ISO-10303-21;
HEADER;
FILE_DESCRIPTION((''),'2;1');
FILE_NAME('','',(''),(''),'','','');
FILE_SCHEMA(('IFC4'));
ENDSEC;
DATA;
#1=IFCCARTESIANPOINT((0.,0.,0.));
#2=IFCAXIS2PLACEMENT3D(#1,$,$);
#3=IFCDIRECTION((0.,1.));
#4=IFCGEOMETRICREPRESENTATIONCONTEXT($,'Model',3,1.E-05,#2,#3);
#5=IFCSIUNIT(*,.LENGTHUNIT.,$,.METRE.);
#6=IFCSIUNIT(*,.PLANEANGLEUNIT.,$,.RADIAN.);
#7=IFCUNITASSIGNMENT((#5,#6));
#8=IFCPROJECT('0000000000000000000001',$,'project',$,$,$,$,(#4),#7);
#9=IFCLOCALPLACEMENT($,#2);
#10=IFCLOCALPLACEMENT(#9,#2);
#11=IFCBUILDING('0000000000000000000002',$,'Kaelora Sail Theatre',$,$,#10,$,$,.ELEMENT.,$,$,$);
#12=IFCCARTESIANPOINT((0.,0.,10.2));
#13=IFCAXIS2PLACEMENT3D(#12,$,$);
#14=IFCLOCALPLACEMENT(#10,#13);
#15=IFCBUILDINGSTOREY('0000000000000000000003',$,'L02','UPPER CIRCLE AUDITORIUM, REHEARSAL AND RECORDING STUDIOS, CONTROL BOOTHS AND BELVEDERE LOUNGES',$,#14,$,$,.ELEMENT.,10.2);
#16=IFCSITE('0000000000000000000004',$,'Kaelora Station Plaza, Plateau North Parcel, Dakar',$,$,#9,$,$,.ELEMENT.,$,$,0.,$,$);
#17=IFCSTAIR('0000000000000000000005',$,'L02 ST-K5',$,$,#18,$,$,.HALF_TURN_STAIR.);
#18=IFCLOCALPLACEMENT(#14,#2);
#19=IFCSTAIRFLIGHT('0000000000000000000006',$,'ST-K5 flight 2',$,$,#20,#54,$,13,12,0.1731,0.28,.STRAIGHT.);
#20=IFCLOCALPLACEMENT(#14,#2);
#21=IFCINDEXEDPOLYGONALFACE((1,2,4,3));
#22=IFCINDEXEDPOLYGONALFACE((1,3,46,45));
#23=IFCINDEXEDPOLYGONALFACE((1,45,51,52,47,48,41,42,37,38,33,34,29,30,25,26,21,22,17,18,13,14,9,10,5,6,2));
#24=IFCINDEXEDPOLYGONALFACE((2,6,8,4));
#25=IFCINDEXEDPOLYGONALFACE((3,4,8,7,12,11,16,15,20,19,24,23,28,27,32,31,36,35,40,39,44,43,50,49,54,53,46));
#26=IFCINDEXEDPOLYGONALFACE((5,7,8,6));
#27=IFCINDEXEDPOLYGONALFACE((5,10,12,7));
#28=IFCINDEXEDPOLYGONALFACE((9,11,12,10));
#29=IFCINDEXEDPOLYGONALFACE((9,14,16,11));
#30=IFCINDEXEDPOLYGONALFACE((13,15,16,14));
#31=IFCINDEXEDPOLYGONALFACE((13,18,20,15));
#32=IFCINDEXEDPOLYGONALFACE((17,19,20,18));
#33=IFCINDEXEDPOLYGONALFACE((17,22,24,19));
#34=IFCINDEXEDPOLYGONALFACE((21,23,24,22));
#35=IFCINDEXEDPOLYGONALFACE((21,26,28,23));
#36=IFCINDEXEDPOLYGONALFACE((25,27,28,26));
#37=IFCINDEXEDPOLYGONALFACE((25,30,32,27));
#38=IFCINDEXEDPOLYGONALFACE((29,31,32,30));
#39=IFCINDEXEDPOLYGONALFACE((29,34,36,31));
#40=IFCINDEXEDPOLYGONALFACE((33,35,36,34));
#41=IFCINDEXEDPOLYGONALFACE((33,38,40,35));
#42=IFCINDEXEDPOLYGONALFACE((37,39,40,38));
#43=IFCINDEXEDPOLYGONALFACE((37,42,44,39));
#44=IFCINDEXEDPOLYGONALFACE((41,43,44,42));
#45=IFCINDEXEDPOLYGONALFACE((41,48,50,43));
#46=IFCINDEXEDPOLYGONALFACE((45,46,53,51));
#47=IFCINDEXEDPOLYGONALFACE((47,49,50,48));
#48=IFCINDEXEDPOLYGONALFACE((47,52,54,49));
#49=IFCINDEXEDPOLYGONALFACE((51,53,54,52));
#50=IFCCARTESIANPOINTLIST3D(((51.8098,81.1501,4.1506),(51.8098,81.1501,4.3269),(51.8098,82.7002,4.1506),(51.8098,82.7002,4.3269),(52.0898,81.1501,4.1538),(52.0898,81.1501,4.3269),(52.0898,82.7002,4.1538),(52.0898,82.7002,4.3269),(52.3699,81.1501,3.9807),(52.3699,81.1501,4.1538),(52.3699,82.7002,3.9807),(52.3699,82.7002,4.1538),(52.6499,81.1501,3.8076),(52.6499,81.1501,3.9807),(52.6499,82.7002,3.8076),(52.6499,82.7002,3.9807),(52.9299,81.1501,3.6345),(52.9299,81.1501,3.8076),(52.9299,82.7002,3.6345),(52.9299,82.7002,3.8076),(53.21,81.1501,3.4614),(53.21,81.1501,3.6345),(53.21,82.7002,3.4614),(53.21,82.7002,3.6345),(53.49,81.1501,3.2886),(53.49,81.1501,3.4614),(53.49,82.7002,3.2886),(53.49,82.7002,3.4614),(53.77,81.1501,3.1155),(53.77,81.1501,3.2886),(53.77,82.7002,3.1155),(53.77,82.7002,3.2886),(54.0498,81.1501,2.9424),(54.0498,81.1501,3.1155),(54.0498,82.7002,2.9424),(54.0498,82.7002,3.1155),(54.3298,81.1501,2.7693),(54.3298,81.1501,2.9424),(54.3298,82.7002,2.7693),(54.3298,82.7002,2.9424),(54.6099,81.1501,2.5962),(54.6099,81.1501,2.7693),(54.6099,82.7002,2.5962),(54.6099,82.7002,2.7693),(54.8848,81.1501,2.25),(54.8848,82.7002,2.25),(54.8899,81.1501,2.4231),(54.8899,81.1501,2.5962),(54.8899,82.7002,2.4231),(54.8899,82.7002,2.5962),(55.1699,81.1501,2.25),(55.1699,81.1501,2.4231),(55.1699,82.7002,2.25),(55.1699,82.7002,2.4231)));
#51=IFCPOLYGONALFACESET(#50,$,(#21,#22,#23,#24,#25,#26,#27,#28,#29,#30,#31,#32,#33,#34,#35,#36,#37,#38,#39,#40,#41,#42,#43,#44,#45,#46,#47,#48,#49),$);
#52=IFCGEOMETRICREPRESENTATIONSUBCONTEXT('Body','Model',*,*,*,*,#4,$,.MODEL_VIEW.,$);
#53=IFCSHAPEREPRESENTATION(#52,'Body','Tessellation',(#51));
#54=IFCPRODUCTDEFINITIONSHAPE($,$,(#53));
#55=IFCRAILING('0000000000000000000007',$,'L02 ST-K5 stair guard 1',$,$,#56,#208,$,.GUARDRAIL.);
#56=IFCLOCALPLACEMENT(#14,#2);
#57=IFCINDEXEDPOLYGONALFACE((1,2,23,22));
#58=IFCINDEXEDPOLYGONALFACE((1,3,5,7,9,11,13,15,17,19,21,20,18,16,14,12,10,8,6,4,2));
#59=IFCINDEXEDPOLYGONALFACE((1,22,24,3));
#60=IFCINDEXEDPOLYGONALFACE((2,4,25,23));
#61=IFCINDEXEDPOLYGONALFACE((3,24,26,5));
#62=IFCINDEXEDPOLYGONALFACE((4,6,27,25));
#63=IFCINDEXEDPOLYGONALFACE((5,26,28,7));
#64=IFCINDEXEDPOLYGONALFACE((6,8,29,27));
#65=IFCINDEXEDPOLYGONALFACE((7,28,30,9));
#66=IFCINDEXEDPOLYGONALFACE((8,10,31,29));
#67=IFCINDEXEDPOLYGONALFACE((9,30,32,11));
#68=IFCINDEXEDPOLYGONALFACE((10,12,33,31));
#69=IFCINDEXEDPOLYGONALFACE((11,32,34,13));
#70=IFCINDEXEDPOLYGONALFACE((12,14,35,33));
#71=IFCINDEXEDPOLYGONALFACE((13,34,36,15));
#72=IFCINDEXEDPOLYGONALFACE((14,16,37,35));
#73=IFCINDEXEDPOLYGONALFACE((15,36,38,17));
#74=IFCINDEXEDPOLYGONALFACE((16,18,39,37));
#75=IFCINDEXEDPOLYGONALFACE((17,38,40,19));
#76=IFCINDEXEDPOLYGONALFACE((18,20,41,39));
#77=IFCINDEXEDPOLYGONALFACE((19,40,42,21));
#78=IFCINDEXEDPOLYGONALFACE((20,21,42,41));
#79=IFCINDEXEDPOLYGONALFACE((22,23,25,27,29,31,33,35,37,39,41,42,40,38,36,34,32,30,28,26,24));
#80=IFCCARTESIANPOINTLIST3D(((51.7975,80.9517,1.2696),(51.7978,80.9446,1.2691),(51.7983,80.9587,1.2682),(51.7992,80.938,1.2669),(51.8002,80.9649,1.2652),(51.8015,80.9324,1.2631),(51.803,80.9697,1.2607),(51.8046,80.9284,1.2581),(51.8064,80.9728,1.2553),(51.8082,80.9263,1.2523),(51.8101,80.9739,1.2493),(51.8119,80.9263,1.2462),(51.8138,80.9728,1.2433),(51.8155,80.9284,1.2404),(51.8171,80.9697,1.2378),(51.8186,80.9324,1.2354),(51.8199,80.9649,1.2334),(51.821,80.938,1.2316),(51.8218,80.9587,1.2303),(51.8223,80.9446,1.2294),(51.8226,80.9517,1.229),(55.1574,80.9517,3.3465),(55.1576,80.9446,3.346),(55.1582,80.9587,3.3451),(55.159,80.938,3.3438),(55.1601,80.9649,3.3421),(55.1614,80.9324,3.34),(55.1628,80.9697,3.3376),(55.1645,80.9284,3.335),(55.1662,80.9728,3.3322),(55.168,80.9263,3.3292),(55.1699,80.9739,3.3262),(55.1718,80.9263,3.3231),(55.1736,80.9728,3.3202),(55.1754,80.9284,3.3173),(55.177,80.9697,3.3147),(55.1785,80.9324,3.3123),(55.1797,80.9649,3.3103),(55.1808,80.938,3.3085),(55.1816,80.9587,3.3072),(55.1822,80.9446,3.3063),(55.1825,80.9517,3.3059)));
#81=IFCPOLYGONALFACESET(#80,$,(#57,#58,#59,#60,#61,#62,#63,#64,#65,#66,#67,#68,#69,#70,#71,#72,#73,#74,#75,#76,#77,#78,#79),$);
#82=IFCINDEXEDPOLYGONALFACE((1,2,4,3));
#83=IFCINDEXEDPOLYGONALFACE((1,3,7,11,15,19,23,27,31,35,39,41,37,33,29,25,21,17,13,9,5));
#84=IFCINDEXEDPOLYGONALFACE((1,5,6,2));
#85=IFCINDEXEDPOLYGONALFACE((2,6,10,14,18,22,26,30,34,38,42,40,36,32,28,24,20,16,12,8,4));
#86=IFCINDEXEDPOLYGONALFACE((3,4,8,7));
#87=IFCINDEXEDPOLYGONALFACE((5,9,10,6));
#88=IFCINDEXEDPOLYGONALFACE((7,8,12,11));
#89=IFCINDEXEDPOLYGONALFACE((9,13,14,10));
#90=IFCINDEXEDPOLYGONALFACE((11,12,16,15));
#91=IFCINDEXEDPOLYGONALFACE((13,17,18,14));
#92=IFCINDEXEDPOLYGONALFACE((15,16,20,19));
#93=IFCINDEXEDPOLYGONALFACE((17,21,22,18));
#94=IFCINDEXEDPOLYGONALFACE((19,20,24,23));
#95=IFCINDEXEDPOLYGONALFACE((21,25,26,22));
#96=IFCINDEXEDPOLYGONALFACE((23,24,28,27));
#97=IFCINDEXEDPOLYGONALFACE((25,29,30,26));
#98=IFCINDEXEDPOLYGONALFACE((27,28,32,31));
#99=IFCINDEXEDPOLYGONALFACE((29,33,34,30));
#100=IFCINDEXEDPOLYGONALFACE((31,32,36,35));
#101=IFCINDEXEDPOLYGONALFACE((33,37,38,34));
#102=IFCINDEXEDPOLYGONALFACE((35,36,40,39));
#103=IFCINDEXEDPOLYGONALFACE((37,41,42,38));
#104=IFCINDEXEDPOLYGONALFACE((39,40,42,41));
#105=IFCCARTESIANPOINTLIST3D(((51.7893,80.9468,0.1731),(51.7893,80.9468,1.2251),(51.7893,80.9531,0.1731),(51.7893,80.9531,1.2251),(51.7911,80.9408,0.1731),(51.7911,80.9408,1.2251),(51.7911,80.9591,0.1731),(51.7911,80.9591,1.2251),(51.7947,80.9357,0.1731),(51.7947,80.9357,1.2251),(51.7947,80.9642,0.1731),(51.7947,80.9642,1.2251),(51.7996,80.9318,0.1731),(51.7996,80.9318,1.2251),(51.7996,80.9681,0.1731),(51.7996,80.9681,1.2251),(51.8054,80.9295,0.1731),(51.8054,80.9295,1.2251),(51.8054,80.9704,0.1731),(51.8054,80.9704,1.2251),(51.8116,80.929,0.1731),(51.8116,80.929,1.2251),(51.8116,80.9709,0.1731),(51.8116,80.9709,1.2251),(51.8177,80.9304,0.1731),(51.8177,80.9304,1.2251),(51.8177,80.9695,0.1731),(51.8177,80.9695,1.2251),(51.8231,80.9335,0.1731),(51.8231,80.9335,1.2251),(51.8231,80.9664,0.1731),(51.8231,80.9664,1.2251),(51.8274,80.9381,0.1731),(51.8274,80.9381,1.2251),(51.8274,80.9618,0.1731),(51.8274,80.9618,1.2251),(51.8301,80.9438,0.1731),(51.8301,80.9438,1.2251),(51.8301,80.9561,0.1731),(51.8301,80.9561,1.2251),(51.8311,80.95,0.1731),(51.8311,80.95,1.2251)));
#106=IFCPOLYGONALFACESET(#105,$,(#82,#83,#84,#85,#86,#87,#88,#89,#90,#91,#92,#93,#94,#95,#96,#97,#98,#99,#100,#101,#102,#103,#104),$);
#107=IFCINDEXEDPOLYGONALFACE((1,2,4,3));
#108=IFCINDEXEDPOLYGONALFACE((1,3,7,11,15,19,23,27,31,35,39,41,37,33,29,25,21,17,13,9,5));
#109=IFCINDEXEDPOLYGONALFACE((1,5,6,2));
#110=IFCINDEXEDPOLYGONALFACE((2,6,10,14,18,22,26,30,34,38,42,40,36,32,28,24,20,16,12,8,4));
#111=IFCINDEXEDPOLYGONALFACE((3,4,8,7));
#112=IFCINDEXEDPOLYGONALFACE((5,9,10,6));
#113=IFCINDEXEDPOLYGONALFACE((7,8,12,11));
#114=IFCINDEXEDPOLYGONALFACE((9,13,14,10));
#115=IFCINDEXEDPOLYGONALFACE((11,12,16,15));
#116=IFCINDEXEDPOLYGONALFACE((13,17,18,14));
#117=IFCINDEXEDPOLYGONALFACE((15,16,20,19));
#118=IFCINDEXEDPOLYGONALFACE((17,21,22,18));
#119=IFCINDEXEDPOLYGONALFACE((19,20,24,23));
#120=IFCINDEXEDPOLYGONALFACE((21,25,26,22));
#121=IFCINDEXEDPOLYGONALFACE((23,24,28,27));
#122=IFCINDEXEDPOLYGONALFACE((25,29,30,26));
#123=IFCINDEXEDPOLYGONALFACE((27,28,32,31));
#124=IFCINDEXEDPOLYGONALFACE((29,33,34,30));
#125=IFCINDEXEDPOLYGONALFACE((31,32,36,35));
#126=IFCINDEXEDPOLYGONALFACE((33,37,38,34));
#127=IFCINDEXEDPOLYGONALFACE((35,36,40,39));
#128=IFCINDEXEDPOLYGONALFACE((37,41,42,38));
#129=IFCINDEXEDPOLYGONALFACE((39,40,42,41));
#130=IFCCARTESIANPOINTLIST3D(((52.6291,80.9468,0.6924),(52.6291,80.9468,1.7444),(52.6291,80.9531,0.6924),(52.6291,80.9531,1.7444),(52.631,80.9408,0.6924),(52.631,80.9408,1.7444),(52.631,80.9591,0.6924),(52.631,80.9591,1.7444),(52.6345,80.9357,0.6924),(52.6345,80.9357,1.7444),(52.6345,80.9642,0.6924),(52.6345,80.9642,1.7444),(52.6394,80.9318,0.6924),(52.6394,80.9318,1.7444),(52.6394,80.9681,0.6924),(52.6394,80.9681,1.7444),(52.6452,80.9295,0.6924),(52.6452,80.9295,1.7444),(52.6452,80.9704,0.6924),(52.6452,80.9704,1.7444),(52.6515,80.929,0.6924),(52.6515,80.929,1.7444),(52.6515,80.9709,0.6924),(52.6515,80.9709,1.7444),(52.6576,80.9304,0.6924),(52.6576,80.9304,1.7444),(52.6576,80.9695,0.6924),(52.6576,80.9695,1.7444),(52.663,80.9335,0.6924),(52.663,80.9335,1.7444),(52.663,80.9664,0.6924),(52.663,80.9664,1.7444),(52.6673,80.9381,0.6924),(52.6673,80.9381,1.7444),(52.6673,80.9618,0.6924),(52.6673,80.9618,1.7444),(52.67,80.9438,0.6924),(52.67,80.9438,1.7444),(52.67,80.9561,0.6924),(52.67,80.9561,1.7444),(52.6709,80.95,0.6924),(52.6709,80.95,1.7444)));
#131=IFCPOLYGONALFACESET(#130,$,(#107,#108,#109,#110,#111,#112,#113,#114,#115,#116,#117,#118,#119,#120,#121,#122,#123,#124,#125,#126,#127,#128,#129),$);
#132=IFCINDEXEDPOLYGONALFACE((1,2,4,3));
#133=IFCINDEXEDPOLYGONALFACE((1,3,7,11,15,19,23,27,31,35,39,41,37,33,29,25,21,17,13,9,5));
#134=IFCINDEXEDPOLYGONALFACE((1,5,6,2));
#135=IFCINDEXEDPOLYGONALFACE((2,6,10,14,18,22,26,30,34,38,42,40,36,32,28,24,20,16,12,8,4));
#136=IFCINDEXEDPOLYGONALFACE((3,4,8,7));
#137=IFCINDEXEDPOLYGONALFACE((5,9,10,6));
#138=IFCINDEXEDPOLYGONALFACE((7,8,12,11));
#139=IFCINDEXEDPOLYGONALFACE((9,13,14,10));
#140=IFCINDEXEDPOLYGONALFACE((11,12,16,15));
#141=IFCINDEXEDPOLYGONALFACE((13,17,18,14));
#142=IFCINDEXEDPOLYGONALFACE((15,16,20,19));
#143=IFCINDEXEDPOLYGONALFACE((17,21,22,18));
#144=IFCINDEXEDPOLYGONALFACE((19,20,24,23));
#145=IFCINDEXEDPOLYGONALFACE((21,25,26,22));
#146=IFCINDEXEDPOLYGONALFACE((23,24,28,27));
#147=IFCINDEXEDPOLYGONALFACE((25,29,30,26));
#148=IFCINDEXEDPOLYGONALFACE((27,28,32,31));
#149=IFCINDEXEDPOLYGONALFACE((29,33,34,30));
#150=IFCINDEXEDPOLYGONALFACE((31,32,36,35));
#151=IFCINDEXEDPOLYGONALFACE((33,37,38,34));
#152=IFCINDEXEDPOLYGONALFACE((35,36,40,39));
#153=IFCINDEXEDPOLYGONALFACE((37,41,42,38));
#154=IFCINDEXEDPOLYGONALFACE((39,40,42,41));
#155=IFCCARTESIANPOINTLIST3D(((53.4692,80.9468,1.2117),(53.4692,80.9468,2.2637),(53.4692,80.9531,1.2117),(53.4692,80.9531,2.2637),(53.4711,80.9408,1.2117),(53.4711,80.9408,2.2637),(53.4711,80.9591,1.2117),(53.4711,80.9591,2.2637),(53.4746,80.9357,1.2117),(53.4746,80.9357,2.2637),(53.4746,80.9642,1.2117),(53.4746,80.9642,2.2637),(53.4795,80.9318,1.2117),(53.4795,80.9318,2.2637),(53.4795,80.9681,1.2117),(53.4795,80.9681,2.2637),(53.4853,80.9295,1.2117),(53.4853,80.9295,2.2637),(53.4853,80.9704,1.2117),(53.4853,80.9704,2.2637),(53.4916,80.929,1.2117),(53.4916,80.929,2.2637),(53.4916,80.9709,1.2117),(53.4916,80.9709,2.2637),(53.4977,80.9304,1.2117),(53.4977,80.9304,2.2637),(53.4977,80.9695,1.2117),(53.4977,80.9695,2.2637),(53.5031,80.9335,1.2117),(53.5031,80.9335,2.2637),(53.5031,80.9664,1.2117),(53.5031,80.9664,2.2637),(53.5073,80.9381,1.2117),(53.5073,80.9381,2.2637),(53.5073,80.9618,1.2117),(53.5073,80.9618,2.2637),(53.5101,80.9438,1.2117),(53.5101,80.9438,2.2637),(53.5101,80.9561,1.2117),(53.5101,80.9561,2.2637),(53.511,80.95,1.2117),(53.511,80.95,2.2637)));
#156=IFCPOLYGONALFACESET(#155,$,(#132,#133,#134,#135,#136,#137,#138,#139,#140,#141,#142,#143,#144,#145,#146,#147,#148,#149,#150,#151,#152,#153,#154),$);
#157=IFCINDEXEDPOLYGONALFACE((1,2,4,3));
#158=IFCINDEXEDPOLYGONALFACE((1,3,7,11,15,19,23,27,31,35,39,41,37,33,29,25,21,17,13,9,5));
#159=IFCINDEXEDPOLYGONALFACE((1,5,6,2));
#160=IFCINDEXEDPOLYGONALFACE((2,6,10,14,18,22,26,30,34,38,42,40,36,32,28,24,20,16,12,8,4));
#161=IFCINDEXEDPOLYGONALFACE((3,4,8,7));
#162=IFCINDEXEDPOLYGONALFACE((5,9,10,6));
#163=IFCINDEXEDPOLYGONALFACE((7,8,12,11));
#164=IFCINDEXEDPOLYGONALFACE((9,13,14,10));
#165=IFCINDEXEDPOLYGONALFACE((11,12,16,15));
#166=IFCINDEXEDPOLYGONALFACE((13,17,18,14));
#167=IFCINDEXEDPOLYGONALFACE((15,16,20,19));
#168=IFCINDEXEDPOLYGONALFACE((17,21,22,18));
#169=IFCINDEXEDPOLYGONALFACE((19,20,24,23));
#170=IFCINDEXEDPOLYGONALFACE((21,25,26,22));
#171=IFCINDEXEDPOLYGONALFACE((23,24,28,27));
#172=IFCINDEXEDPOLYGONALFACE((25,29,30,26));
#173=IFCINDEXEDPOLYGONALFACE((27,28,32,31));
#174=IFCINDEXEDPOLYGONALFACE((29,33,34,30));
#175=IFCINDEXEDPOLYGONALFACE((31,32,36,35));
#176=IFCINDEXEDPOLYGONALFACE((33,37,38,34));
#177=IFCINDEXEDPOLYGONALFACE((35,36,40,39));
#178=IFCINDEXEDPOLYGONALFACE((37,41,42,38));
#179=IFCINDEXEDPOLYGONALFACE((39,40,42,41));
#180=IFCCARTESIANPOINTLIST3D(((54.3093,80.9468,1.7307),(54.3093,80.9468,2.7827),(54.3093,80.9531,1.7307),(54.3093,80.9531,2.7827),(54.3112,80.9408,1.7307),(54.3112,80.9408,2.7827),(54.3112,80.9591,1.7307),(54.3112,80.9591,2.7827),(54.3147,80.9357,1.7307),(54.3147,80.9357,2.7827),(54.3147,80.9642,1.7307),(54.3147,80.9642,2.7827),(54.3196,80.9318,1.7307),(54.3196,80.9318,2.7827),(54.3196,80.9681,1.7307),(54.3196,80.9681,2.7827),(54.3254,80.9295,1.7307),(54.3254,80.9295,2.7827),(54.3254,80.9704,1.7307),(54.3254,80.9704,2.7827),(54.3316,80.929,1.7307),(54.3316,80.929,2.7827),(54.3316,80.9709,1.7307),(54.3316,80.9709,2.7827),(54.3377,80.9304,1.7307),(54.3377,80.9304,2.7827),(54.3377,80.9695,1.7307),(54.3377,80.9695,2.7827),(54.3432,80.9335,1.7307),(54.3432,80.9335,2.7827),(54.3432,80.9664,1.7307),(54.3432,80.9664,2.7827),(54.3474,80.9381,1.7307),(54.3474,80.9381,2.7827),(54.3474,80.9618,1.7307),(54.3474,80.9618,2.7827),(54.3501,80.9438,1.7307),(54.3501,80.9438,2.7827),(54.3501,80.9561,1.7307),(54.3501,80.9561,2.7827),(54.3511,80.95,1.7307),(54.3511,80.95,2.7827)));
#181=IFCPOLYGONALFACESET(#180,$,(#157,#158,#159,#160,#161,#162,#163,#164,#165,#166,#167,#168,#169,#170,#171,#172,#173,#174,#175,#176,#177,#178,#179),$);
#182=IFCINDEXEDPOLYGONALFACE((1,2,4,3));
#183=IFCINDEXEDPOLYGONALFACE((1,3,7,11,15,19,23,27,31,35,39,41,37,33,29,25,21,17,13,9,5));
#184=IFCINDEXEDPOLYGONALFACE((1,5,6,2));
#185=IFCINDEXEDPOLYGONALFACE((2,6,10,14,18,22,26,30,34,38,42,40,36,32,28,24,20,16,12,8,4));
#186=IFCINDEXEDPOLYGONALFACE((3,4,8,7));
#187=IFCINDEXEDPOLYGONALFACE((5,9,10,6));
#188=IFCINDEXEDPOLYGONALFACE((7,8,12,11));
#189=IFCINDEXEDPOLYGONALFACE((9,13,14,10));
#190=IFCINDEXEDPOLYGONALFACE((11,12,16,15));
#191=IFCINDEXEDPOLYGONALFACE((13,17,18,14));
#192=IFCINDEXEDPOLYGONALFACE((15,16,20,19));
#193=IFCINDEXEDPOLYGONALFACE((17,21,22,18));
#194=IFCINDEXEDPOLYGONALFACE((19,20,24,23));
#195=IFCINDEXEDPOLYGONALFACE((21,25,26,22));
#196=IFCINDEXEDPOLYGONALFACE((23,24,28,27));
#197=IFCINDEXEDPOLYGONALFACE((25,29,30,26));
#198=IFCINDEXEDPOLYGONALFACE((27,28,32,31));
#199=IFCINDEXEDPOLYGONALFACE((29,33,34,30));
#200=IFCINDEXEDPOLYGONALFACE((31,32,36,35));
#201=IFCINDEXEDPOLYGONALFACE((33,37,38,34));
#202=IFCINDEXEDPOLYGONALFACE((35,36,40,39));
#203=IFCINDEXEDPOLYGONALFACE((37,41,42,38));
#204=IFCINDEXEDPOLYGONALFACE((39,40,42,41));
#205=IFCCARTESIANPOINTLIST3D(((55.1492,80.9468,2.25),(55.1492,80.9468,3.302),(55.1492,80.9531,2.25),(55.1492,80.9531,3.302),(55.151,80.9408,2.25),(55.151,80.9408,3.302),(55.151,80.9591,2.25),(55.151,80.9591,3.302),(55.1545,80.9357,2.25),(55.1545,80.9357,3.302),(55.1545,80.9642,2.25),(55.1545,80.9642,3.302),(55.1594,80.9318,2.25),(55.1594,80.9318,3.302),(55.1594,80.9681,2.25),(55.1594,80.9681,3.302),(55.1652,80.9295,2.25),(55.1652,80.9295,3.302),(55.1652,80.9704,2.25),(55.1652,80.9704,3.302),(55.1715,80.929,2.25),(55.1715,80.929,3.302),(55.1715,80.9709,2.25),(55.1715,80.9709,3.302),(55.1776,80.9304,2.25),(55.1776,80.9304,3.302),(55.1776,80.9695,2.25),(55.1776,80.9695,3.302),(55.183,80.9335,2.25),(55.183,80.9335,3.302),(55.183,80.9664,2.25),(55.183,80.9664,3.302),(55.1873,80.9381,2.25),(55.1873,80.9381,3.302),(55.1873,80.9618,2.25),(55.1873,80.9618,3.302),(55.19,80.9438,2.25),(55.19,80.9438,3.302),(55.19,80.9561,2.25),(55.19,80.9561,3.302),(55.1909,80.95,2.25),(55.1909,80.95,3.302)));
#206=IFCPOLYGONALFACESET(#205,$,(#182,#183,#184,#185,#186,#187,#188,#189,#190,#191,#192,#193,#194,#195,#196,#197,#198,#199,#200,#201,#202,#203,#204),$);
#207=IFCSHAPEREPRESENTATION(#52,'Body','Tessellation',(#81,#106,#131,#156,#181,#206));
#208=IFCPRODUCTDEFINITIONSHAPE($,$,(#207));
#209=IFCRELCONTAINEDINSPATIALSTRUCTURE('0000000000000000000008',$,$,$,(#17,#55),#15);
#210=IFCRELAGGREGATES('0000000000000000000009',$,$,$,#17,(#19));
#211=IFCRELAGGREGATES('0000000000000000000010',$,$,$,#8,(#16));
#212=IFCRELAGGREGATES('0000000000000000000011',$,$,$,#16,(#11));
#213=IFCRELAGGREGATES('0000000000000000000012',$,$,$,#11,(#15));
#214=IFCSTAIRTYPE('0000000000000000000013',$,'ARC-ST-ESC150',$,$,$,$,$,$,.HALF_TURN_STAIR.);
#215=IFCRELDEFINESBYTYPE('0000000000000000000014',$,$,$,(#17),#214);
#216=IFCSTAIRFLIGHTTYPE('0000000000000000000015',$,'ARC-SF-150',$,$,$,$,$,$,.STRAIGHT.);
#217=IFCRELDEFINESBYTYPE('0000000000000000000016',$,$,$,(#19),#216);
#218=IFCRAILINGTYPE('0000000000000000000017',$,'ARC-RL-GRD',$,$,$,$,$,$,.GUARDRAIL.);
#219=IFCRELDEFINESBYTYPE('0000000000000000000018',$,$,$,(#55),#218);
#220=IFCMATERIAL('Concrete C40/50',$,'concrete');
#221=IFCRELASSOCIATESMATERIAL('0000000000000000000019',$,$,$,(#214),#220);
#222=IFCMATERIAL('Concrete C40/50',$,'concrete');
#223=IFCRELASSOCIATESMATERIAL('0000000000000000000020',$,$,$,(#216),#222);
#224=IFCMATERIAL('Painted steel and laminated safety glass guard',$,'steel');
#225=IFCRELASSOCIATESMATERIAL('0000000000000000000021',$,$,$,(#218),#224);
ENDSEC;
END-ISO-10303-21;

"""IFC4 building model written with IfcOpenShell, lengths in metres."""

from ifc_helpers import new_model, si_unit, direction, frame, origin, origin_2d, place, context, subcontext, project, spatial, polyline, circle, outline, extrude, material, type_object, element, aggregate, save


model = new_model("IFC4")

# Units and contexts
model_context = context("Model", 3, precision=1e-05, world=origin(), true_north=direction((0.0, 1.0)))
body_context = subcontext(model_context, "Body", "Model", "MODEL_VIEW")
ifc_project = project(units=[si_unit("LENGTHUNIT", "METRE"), si_unit("PLANEANGLEUNIT", "RADIAN")], contexts=[model_context])

# Site, building, storey
site_placement = place(None, origin())
site = spatial("IfcSite", under=ifc_project, at=site_placement, Name="Kaelora Station Plaza, Plateau North Parcel, Dakar", CompositionType="ELEMENT", RefElevation=0.0)
building_placement = place(site_placement, origin())
building = spatial("IfcBuilding", under=site, at=building_placement, Name="Kaelora Sail Theatre", CompositionType="ELEMENT")
storey_placement = place(building_placement, frame((0.0, 0.0, 10.2)))
storey = spatial("IfcBuildingStorey", under=building, at=storey_placement, Name="L02", Description="UPPER CIRCLE AUDITORIUM, REHEARSAL AND RECORDING STUDIOS, CONTROL BOOTHS AND BELVEDERE LOUNGES", CompositionType="ELEMENT", Elevation=10.2)

# Stair, stair flight
ifc_material_1 = material(Name="Concrete C40/50", Category="concrete")
stair_type = type_object("IfcStairType", Name="ARC-ST-ESC150", PredefinedType="HALF_TURN_STAIR", material=ifc_material_1)
stair_placement = place(storey_placement, origin())
stair = element("IfcStair", 1, at=stair_placement, inside=storey, type_object=stair_type, Name="L02 ST-K5", PredefinedType="HALF_TURN_STAIR")
ifc_material_2 = material(Name="Concrete C40/50", Category="concrete")
stair_flight_type = type_object("IfcStairFlightType", Name="ARC-SF-150", PredefinedType="STRAIGHT", material=ifc_material_2)
stair_flight_1_placement = place(storey_placement, frame((55.1699, 81.925, 2.25), z_axis=(0.0, 0.0, 1.0), x_axis=(-1.0, 0.0, 0.0)))
stair_flight_1 = element("IfcStairFlight", 2, at=stair_flight_1_placement, type_object=stair_flight_type, Name="ST-K5 flight 2", NumberOfRisers=13, NumberOfTreads=12, PredefinedType="STRAIGHT", RiserHeight=0.1731, TreadLength=0.28, context=body_context, shape_type="SweptSolid", body=[
    extrude(outline(polyline([(0.0, 0.0), (0.0, 0.1731), (0.28, 0.1731), (0.28, 0.3462), (0.5601, 0.3462), (0.5601, 0.5193), (0.8401, 0.5193), (0.8401, 0.6924), (1.1201, 0.6924), (1.1201, 0.8655), (1.3999, 0.8655), (1.3999, 1.0386), (1.6799, 1.0386), (1.6799, 1.2114), (1.96, 1.2114), (1.96, 1.3845), (2.24, 1.3845), (2.24, 1.5576), (2.52, 1.5576), (2.52, 1.7307), (2.8, 1.7307), (2.8, 1.9038), (3.0801, 1.9038), (3.0801, 2.0769), (3.3601, 2.0769), (3.3601, 2.25), (3.3601, 1.9006), (0.2852, 0.0), (0.0, 0.0)])), frame((0.0, 0.7749, 0.0), z_axis=(0.0, -1.0, 0.0), x_axis=(1.0, 0.0, 0.0)), (0.0, 0.0, 1.0), 1.55),
])
aggregate(stair, [stair_flight_1])

# Railing
ifc_material_3 = material(Name="Painted steel and laminated safety glass guard", Category="steel")
railing_type_1 = type_object("IfcRailingType", Name="ARC-RL-GRD", PredefinedType="GUARDRAIL", material=ifc_material_3)
railing_1_placement = place(storey_placement, frame((51.8101, 80.95, 0.1731)))
element("IfcRailing", 3, at=railing_1_placement, inside=storey, type_object=railing_type_1, Name="L02 ST-K5 stair guard 1", PredefinedType="GUARDRAIL", context=body_context, shape_type="SweptSolid", body=[
    extrude(circle(Radius=0.0239, at=origin_2d()), frame((0.0, 0.0, 1.0762), z_axis=(0.850606, 0.0, 0.525803), x_axis=(0.0, 1.0, 0.0)), (0.0, 0.0, 1.0), 3.95),
    extrude(circle(Radius=0.021, at=origin_2d()), origin(), (0.0, 0.0, 1.0), 1.052),
    extrude(circle(Radius=0.021, at=origin_2d()), frame((0.8398, 0.0, 0.5193)), (0.0, 0.0, 1.0), 1.052),
    extrude(circle(Radius=0.021, at=origin_2d()), frame((1.6799, 0.0, 1.0386)), (0.0, 0.0, 1.0), 1.052),
    extrude(circle(Radius=0.021, at=origin_2d()), frame((2.52, 0.0, 1.5576)), (0.0, 0.0, 1.0), 1.052),
    extrude(circle(Radius=0.021, at=origin_2d()), frame((3.3599, 0.0, 2.0769)), (0.0, 0.0, 1.0), 1.052),
])

save(model, "model.ifc")
